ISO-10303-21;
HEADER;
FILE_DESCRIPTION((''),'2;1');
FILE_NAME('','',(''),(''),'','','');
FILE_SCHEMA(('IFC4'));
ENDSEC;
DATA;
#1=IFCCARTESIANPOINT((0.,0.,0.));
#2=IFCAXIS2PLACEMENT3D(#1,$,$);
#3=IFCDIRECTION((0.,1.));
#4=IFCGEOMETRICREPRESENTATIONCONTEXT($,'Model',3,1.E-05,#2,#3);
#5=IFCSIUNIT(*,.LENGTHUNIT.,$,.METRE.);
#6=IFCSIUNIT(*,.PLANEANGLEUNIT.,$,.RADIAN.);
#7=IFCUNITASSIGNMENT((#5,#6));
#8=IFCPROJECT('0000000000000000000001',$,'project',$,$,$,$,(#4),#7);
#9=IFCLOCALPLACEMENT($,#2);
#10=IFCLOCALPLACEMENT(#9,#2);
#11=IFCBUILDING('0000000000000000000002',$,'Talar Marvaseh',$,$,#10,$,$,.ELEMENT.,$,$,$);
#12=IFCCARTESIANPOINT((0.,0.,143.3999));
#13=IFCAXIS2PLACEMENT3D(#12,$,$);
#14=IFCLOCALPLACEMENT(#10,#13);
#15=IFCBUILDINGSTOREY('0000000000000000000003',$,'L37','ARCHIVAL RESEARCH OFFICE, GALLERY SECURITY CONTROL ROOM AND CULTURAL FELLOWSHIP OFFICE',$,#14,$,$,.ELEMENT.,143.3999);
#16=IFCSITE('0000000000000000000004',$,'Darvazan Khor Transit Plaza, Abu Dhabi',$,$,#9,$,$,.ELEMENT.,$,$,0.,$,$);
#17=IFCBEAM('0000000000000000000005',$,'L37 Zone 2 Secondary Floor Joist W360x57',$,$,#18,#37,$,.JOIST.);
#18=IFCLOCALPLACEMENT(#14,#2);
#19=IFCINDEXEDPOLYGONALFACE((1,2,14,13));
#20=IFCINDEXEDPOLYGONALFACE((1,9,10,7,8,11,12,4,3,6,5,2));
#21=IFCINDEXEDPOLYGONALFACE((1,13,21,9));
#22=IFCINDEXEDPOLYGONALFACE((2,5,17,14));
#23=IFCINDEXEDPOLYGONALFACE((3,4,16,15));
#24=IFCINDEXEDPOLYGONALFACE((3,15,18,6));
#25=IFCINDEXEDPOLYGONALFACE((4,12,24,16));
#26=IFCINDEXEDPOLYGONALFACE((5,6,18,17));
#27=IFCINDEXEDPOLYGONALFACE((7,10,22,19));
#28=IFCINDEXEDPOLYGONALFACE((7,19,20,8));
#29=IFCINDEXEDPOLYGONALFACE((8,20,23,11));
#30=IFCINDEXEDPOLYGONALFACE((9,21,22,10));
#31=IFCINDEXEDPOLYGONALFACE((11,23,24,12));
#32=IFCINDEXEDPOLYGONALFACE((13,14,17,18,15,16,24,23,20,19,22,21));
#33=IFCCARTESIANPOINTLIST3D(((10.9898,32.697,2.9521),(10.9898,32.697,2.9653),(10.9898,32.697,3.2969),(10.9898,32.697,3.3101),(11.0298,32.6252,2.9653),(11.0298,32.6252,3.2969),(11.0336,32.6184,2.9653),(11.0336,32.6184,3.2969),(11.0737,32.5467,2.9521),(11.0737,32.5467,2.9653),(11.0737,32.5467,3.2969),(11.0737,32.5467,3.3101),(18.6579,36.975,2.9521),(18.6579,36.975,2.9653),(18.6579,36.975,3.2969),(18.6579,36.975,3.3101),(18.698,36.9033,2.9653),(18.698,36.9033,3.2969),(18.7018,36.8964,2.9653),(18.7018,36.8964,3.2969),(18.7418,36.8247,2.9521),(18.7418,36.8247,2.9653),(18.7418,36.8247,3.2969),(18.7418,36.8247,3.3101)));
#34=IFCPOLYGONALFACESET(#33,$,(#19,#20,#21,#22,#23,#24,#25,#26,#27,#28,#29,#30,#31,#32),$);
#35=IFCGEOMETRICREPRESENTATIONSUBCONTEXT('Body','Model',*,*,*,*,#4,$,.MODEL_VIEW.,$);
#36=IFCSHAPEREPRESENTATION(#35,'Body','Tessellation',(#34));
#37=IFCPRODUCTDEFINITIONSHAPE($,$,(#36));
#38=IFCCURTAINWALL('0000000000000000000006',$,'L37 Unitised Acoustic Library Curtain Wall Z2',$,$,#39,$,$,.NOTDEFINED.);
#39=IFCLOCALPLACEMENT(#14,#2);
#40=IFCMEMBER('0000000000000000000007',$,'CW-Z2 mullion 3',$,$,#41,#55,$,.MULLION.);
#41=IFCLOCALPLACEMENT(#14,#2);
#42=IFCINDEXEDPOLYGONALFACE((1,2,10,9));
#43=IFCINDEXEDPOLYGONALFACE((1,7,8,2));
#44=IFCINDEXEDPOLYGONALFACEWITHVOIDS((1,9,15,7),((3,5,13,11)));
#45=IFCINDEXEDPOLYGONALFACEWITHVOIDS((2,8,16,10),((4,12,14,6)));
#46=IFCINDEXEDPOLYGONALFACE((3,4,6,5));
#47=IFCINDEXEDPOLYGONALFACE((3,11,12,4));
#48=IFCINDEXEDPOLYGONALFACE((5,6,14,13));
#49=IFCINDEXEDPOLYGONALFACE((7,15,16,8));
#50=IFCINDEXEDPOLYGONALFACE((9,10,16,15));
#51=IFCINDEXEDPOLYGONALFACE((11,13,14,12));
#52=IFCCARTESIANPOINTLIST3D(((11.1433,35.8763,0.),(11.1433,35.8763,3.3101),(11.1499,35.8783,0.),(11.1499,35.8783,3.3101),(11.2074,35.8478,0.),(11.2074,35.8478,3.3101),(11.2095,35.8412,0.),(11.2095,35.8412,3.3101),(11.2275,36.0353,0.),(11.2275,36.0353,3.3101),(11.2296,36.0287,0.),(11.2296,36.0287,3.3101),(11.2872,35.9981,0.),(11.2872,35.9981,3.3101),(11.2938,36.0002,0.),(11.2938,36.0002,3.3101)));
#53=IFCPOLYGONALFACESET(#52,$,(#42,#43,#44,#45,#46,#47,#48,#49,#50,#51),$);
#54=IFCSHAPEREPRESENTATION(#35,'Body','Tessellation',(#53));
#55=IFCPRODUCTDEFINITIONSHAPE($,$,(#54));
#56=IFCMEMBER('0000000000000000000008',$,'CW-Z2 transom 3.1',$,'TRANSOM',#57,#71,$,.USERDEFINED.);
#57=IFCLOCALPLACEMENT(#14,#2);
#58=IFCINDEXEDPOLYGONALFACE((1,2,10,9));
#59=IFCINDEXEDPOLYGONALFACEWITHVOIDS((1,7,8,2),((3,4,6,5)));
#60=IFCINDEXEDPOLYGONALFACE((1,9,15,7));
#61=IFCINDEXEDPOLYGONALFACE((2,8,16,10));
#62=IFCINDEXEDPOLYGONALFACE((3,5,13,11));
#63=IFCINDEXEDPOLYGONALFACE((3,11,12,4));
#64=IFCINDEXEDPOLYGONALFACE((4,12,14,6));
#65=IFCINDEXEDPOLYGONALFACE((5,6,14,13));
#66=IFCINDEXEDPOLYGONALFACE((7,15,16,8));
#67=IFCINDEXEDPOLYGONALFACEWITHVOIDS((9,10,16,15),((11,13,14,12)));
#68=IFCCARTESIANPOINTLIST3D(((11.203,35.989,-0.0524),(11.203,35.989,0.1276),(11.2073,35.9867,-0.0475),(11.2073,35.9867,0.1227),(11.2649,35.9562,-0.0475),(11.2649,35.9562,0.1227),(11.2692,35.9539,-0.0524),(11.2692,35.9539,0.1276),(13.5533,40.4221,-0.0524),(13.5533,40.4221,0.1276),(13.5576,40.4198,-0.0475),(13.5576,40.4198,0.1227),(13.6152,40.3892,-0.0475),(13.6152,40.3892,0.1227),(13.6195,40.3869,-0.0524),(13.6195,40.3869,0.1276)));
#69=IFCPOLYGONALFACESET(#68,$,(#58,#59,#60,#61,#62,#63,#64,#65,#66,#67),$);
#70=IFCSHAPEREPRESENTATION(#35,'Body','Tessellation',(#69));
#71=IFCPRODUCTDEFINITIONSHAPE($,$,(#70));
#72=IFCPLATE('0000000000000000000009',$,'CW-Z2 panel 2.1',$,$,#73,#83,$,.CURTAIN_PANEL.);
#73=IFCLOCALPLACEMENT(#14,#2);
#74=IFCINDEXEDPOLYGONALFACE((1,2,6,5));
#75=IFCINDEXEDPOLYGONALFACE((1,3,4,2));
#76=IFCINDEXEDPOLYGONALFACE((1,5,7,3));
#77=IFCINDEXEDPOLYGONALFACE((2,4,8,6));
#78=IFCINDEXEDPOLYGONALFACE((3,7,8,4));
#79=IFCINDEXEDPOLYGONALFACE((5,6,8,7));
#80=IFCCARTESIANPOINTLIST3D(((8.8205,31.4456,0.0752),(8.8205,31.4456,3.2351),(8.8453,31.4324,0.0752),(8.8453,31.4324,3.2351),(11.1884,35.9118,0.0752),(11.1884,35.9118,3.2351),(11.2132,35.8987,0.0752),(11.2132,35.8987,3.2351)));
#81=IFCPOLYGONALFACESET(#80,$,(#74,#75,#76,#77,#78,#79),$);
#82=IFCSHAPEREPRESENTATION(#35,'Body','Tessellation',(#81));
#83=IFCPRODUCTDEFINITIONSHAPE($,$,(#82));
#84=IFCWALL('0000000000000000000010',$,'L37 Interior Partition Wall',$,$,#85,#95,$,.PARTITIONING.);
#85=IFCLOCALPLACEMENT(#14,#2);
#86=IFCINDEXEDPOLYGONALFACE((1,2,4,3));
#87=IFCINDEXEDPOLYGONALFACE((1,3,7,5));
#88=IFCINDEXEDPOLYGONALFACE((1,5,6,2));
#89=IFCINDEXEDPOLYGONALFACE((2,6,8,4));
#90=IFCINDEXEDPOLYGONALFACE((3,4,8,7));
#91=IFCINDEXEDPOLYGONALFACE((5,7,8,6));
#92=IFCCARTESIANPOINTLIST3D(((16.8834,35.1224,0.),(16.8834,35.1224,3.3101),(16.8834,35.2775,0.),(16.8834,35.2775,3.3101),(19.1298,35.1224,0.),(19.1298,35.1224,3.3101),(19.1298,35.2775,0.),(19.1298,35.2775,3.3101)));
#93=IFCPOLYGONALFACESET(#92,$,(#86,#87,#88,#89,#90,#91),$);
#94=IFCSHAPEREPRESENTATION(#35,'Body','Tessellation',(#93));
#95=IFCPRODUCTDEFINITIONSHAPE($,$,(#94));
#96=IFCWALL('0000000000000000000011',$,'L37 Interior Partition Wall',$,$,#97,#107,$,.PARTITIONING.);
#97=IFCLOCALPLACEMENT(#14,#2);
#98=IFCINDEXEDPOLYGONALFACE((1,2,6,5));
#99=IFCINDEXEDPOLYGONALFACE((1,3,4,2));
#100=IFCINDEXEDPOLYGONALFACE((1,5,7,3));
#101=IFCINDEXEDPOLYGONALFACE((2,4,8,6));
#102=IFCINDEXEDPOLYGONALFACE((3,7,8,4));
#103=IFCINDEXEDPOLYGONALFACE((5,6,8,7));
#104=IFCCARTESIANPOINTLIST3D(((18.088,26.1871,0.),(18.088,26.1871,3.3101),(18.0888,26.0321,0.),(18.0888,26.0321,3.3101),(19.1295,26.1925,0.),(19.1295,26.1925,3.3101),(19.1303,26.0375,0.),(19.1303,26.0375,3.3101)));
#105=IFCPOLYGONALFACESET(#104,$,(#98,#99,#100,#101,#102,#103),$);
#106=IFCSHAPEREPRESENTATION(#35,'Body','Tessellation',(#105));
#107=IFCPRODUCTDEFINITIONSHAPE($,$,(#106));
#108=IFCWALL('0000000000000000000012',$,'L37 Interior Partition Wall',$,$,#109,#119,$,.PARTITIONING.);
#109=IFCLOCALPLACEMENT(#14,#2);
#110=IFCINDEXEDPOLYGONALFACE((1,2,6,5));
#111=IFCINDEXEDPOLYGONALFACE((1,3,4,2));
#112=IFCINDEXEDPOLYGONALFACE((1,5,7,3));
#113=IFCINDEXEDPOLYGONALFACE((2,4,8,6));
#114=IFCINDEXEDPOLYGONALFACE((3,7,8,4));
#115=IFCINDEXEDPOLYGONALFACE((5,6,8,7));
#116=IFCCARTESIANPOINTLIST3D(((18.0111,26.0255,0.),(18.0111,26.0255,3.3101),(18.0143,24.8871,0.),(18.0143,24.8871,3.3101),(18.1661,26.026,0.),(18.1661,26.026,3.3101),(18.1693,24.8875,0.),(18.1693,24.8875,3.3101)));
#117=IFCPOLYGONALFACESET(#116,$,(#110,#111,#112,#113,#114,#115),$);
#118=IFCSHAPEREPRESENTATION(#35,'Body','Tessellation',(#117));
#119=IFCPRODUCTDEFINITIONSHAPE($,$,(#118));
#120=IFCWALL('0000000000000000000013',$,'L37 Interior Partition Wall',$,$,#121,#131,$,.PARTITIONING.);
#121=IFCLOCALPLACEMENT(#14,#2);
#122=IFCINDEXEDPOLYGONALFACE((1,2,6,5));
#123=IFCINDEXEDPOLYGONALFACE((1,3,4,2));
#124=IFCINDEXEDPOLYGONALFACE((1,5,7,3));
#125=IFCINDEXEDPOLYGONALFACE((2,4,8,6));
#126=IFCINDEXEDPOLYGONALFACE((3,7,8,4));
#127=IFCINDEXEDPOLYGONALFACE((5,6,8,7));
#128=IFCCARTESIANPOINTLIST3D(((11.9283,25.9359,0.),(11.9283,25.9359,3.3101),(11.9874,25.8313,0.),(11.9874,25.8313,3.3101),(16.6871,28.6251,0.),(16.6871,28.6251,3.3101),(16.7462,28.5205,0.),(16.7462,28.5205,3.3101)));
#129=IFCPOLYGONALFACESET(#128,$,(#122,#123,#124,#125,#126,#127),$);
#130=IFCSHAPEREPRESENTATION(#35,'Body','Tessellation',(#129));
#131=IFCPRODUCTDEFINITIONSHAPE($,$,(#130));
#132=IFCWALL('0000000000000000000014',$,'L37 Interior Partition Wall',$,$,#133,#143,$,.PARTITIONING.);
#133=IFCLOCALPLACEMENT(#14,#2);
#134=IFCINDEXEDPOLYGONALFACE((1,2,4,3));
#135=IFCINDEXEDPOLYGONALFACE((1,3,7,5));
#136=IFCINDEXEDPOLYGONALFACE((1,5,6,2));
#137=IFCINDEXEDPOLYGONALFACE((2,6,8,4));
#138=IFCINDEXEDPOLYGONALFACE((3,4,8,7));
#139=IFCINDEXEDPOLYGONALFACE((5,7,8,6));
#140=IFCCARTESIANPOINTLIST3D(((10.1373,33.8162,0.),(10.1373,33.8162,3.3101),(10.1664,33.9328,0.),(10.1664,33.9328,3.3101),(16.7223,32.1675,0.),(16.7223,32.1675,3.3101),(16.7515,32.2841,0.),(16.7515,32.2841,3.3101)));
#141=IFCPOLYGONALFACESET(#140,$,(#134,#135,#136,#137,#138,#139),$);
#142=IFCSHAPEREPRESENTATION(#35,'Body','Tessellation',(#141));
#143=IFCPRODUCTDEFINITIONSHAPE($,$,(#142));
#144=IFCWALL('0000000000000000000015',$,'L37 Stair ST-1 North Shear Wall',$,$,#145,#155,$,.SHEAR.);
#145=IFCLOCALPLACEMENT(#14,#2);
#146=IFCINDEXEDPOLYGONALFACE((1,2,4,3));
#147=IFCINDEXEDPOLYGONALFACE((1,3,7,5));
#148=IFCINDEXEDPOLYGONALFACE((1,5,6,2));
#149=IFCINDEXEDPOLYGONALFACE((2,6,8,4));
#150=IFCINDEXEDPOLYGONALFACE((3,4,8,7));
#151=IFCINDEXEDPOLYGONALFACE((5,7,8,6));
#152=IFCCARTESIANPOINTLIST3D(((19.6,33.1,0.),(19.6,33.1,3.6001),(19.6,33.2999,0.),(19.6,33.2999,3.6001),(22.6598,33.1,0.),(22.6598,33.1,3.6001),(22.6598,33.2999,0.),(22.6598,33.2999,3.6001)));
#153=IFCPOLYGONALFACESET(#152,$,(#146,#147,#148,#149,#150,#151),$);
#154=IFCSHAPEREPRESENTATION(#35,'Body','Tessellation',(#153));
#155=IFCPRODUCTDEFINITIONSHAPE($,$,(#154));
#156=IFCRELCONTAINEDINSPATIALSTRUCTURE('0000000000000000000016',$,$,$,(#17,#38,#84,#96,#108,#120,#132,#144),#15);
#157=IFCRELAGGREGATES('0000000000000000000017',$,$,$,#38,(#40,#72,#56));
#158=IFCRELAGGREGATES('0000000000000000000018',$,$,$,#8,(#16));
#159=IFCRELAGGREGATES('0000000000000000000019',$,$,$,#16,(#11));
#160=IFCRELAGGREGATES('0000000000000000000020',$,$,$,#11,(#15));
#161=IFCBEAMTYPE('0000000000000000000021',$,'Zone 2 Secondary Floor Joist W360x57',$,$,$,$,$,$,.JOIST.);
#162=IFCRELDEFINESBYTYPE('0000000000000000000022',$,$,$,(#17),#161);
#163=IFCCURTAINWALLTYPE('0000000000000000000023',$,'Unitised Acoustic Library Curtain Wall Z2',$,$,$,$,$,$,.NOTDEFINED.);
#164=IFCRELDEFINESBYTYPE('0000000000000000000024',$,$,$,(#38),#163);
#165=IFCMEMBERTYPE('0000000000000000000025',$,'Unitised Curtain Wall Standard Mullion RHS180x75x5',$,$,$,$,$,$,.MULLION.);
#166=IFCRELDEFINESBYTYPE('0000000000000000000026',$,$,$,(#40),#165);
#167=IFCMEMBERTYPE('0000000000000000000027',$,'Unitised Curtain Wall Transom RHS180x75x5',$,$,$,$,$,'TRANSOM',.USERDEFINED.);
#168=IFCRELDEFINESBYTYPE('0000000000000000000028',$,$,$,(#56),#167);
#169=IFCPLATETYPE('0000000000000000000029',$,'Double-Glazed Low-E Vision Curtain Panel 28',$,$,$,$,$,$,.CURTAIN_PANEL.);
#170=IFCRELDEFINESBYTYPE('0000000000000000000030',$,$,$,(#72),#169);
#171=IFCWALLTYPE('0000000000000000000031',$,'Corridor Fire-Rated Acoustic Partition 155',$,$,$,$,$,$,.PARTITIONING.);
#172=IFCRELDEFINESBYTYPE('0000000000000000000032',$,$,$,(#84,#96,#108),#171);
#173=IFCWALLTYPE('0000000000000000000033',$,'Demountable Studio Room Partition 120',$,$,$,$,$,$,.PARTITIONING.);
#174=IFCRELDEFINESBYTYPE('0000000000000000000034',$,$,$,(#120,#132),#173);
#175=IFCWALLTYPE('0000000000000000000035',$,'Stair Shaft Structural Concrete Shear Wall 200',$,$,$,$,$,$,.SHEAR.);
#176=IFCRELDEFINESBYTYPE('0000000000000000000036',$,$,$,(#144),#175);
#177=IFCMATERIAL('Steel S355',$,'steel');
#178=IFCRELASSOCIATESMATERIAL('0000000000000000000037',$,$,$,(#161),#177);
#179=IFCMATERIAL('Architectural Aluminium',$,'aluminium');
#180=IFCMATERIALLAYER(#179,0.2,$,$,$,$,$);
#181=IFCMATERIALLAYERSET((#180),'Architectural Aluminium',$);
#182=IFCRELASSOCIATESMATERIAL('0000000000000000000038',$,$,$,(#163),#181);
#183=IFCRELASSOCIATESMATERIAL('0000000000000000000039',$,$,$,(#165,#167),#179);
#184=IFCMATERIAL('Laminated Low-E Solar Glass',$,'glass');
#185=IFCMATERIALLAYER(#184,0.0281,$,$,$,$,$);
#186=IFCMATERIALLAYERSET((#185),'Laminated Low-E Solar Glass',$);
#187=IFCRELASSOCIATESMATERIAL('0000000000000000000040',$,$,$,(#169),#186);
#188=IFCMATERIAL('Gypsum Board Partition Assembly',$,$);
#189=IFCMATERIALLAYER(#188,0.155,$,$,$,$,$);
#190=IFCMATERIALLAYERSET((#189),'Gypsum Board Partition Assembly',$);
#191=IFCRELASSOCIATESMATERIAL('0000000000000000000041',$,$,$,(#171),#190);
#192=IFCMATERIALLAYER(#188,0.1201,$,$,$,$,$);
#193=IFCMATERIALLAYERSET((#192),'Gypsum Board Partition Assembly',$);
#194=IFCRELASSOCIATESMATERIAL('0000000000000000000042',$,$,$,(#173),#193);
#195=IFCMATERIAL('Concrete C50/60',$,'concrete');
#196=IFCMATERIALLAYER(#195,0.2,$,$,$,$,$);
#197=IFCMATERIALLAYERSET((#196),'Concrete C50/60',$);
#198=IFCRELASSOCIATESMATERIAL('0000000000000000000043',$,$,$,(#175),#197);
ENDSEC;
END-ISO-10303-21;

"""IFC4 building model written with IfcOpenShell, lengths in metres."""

from ifc_helpers import new_model, si_unit, direction, frame, frame_2d, origin, origin_2d, place, context, subcontext, project, spatial, rectangle, hollow_rectangle, i_section, extrude, source, transform, mapped, material, layer, layer_set, material_profile, profile_set, type_object, type_shapes, element, aggregate, save


model = new_model("IFC4")

# Units and contexts
model_context = context("Model", 3, precision=1e-05, world=origin(), true_north=direction((0.0, 1.0)))
body_context = subcontext(model_context, "Body", "Model", "MODEL_VIEW")
ifc_project = project(units=[si_unit("LENGTHUNIT", "METRE"), si_unit("PLANEANGLEUNIT", "RADIAN")], contexts=[model_context])

# Site, building, storey
site_placement = place(None, origin())
site = spatial("IfcSite", under=ifc_project, at=site_placement, Name="Darvazan Khor Transit Plaza, Abu Dhabi", CompositionType="ELEMENT", RefElevation=0.0)
building_placement = place(site_placement, origin())
building = spatial("IfcBuilding", under=site, at=building_placement, Name="Talar Marvaseh", CompositionType="ELEMENT")
storey_placement = place(building_placement, frame((0.0, 0.0, 143.3999)))
storey = spatial("IfcBuildingStorey", under=building, at=storey_placement, Name="L37", Description="ARCHIVAL RESEARCH OFFICE, GALLERY SECURITY CONTROL ROOM AND CULTURAL FELLOWSHIP OFFICE", CompositionType="ELEMENT", Elevation=143.3999)

# Beam
ifc_material_1 = material(Name="Steel S355", Category="steel")
ifc_material_profile_1 = material_profile(ifc_material_1, i_section(OverallWidth=0.1721, OverallDepth=0.3579, WebThickness=0.0078, FlangeThickness=0.0132, at=origin_2d()), Name="W360x57")
ifc_profile_set_1 = profile_set([ifc_material_profile_1], Name="Steel S355")
beam_type = type_object("IfcBeamType", Name="Zone 2 Secondary Floor Joist W360x57", PredefinedType="JOIST", material=ifc_profile_set_1)
beam_placement = place(storey_placement, frame((11.0317, 32.6218, 3.1311), z_axis=(0.873288, 0.487205, 0.0), x_axis=(-0.487205, 0.873288, 0.0)))
element("IfcBeam", 1, at=beam_placement, inside=storey, type_object=beam_type, Name="L37 Zone 2 Secondary Floor Joist W360x57", PredefinedType="JOIST", context=body_context, shape_type="SweptSolid", body=[
    extrude(i_section(OverallWidth=0.1721, OverallDepth=0.3579, WebThickness=0.0078, FlangeThickness=0.0132, at=origin_2d()), origin(), (0.0, 0.0, 1.0), 8.7808),
])

# Curtain wall, members, plate
ifc_material_2 = material(Name="Architectural Aluminium", Category="aluminium")
ifc_layer_1 = layer(ifc_material_2, 0.2)
ifc_layer_set_1 = layer_set([ifc_layer_1], Name="Architectural Aluminium")
curtain_wall_type = type_object("IfcCurtainWallType", Name="Unitised Acoustic Library Curtain Wall Z2", PredefinedType="NOTDEFINED", material=ifc_layer_set_1)
curtain_wall_placement = place(storey_placement, origin())
curtain_wall = element("IfcCurtainWall", 2, at=curtain_wall_placement, inside=storey, type_object=curtain_wall_type, Name="L37 Unitised Acoustic Library Curtain Wall Z2", PredefinedType="NOTDEFINED")
ifc_material_profile_2 = material_profile(ifc_material_2, hollow_rectangle(XDim=0.075, YDim=0.1799, WallThickness=0.0049, at=origin_2d()), Name="RHS180x75x5")
ifc_profile_set_2 = profile_set([ifc_material_profile_2], Name="Architectural Aluminium")
member_type_1 = type_object("IfcMemberType", Name="Unitised Curtain Wall Standard Mullion RHS180x75x5", PredefinedType="MULLION", material=ifc_profile_set_2)
shared_shape_1 = source(origin(), body_context, "Body", "SweptSolid", [
    extrude(hollow_rectangle(XDim=0.075, YDim=0.1799, WallThickness=0.0049, at=origin_2d()), origin(), (0.0, 0.0, 1.0), 3.3101),
])
type_shapes(member_type_1, [shared_shape_1])
member_1_placement = place(storey_placement, frame((11.2185, 35.9382, 0.0), z_axis=(0.0, 0.0, 1.0), x_axis=(-0.883505, 0.468422, 0.0)))
member_1 = element("IfcMember", 3, at=member_1_placement, type_object=member_type_1, Name="CW-Z2 mullion 3", PredefinedType="MULLION", context=body_context, shape_type="MappedRepresentation", body=[
    mapped(shared_shape_1, transform((0.0, 0.0, 0.0), x_axis=(1.0, 0.0, 0.0), y_axis=(0.0, 1.0, 0.0), z_axis=(0.0, 0.0, 1.0), scale=1.0)),
])
ifc_material_profile_3 = material_profile(ifc_material_2, hollow_rectangle(XDim=0.075, YDim=0.1799, WallThickness=0.0049, at=origin_2d()), Name="RHS180x75x5")
ifc_profile_set_3 = profile_set([ifc_material_profile_3], Name="Architectural Aluminium")
member_type_2 = type_object("IfcMemberType", Name="Unitised Curtain Wall Transom RHS180x75x5", ElementType="TRANSOM", PredefinedType="USERDEFINED", material=ifc_profile_set_3)
shared_shape_2 = source(origin(), body_context, "Body", "SweptSolid", [
    extrude(hollow_rectangle(XDim=0.075, YDim=0.1799, WallThickness=0.0049, at=origin_2d()), origin(), (0.0, 0.0, 1.0), 5.0176),
])
type_shapes(member_type_2, [shared_shape_2])
member_2_placement = place(storey_placement, frame((11.2361, 35.9714, 0.0376), z_axis=(0.468417, 0.883507, 0.0), x_axis=(-0.883507, 0.468417, 0.0)))
member_2 = element("IfcMember", 4, at=member_2_placement, type_object=member_type_2, Name="CW-Z2 transom 3.1", ObjectType="TRANSOM", PredefinedType="USERDEFINED", context=body_context, shape_type="MappedRepresentation", body=[
    mapped(shared_shape_2, transform((0.0, 0.0, 0.0), x_axis=(1.0, 0.0, 0.0), y_axis=(0.0, 1.0, 0.0), z_axis=(0.0, 0.0, 1.0), scale=1.0)),
])
ifc_material_3 = material(Name="Laminated Low-E Solar Glass", Category="glass")
ifc_layer_2 = layer(ifc_material_3, 0.0281)
ifc_layer_set_2 = layer_set([ifc_layer_2], Name="Laminated Low-E Solar Glass")
plate_type = type_object("IfcPlateType", Name="Double-Glazed Low-E Vision Curtain Panel 28", PredefinedType="CURTAIN_PANEL", material=ifc_layer_set_2)
shared_shape_3 = source(origin(), body_context, "Body", "SweptSolid", [
    extrude(rectangle(XDim=5.0552, YDim=0.0281, at=origin_2d()), origin(), (0.0, 0.0, 1.0), 3.1599),
])
type_shapes(plate_type, [shared_shape_3])
plate_placement = place(storey_placement, frame((10.0168, 33.6721, 0.0752), z_axis=(0.0, 0.0, 1.0), x_axis=(0.468422, 0.883505, 0.0)))
plate = element("IfcPlate", 5, at=plate_placement, type_object=plate_type, Name="CW-Z2 panel 2.1", PredefinedType="CURTAIN_PANEL", context=body_context, shape_type="MappedRepresentation", body=[
    mapped(shared_shape_3, transform((0.0, 0.0, 0.0), x_axis=(1.0, 0.0, 0.0), y_axis=(0.0, 1.0, 0.0), z_axis=(0.0, 0.0, 1.0), scale=1.0)),
])
aggregate(curtain_wall, [member_1, plate, member_2])

# Walls
ifc_material_4 = material(Name="Gypsum Board Partition Assembly")
ifc_layer_3 = layer(ifc_material_4, 0.155)
ifc_layer_set_3 = layer_set([ifc_layer_3], Name="Gypsum Board Partition Assembly")
wall_type_1 = type_object("IfcWallType", Name="Corridor Fire-Rated Acoustic Partition 155", PredefinedType="PARTITIONING", material=ifc_layer_set_3)
wall_1_placement = place(storey_placement, frame((16.8835, 35.2, 0.0), z_axis=(0.0, 0.0, 1.0), x_axis=(1.0, 0.0, 0.0)))
element("IfcWall", 6, at=wall_1_placement, inside=storey, type_object=wall_type_1, Name="L37 Interior Partition Wall", PredefinedType="PARTITIONING", context=body_context, shape_type="SweptSolid", body=[
    extrude(rectangle(XDim=2.2463, YDim=0.155, at=frame_2d((1.123, 0.0))), origin(), (0.0, 0.0, 1.0), 3.3101),
])
wall_2_placement = place(storey_placement, frame((19.1299, 26.115, 0.0), z_axis=(0.0, 0.0, 1.0), x_axis=(-0.999987, -0.005157, 0.0)))
element("IfcWall", 7, at=wall_2_placement, inside=storey, type_object=wall_type_1, Name="L37 Interior Partition Wall", PredefinedType="PARTITIONING", context=body_context, shape_type="SweptSolid", body=[
    extrude(rectangle(XDim=1.0415, YDim=0.155, at=frame_2d((0.5208, 0.0))), origin(), (0.0, 0.0, 1.0), 3.3101),
])
wall_3_placement = place(storey_placement, frame((18.0886, 26.0259, 0.0), z_axis=(0.0, 0.0, 1.0), x_axis=(0.002788, -0.999996, 0.0)))
element("IfcWall", 8, at=wall_3_placement, inside=storey, type_object=wall_type_1, Name="L37 Interior Partition Wall", PredefinedType="PARTITIONING", context=body_context, shape_type="SweptSolid", body=[
    extrude(rectangle(XDim=1.1384, YDim=0.155, at=frame_2d((0.5693, 0.0))), origin(), (0.0, 0.0, 1.0), 3.3101),
])
ifc_layer_4 = layer(ifc_material_4, 0.1201)
ifc_layer_set_4 = layer_set([ifc_layer_4], Name="Gypsum Board Partition Assembly")
wall_type_2 = type_object("IfcWallType", Name="Demountable Studio Room Partition 120", PredefinedType="PARTITIONING", material=ifc_layer_set_4)
wall_4_placement = place(storey_placement, frame((16.7166, 28.5728, 0.0), z_axis=(0.0, 0.0, 1.0), x_axis=(-0.870605, -0.491982, 0.0)))
element("IfcWall", 9, at=wall_4_placement, inside=storey, type_object=wall_type_2, Name="L37 Interior Partition Wall", PredefinedType="PARTITIONING", context=body_context, shape_type="SweptSolid", body=[
    extrude(rectangle(XDim=5.4661, YDim=0.1201, at=frame_2d((2.7329, 0.0))), origin(), (0.0, 0.0, 1.0), 3.3101),
])
wall_5_placement = place(storey_placement, frame((16.7368, 32.2258, 0.0), z_axis=(0.0, 0.0, 1.0), x_axis=(-0.970058, 0.242874, 0.0)))
element("IfcWall", 10, at=wall_5_placement, inside=storey, type_object=wall_type_2, Name="L37 Interior Partition Wall", PredefinedType="PARTITIONING", context=body_context, shape_type="SweptSolid", body=[
    extrude(rectangle(XDim=6.7883, YDim=0.1201, at=frame_2d((3.394, 0.0))), origin(), (0.0, 0.0, 1.0), 3.3101),
])
ifc_material_5 = material(Name="Concrete C50/60", Category="concrete")
ifc_layer_5 = layer(ifc_material_5, 0.2)
ifc_layer_set_5 = layer_set([ifc_layer_5], Name="Concrete C50/60")
wall_type_3 = type_object("IfcWallType", Name="Stair Shaft Structural Concrete Shear Wall 200", PredefinedType="SHEAR", material=ifc_layer_set_5)
wall_6_placement = place(storey_placement, frame((19.6001, 33.2, 0.0), z_axis=(0.0, 0.0, 1.0), x_axis=(1.0, 0.0, 0.0)))
element("IfcWall", 11, at=wall_6_placement, inside=storey, type_object=wall_type_3, Name="L37 Stair ST-1 North Shear Wall", PredefinedType="SHEAR", context=body_context, shape_type="SweptSolid", body=[
    extrude(rectangle(XDim=3.0598, YDim=0.2, at=frame_2d((1.5298, 0.0))), origin(), (0.0, 0.0, 1.0), 3.6001),
])

save(model, "model.ifc")
